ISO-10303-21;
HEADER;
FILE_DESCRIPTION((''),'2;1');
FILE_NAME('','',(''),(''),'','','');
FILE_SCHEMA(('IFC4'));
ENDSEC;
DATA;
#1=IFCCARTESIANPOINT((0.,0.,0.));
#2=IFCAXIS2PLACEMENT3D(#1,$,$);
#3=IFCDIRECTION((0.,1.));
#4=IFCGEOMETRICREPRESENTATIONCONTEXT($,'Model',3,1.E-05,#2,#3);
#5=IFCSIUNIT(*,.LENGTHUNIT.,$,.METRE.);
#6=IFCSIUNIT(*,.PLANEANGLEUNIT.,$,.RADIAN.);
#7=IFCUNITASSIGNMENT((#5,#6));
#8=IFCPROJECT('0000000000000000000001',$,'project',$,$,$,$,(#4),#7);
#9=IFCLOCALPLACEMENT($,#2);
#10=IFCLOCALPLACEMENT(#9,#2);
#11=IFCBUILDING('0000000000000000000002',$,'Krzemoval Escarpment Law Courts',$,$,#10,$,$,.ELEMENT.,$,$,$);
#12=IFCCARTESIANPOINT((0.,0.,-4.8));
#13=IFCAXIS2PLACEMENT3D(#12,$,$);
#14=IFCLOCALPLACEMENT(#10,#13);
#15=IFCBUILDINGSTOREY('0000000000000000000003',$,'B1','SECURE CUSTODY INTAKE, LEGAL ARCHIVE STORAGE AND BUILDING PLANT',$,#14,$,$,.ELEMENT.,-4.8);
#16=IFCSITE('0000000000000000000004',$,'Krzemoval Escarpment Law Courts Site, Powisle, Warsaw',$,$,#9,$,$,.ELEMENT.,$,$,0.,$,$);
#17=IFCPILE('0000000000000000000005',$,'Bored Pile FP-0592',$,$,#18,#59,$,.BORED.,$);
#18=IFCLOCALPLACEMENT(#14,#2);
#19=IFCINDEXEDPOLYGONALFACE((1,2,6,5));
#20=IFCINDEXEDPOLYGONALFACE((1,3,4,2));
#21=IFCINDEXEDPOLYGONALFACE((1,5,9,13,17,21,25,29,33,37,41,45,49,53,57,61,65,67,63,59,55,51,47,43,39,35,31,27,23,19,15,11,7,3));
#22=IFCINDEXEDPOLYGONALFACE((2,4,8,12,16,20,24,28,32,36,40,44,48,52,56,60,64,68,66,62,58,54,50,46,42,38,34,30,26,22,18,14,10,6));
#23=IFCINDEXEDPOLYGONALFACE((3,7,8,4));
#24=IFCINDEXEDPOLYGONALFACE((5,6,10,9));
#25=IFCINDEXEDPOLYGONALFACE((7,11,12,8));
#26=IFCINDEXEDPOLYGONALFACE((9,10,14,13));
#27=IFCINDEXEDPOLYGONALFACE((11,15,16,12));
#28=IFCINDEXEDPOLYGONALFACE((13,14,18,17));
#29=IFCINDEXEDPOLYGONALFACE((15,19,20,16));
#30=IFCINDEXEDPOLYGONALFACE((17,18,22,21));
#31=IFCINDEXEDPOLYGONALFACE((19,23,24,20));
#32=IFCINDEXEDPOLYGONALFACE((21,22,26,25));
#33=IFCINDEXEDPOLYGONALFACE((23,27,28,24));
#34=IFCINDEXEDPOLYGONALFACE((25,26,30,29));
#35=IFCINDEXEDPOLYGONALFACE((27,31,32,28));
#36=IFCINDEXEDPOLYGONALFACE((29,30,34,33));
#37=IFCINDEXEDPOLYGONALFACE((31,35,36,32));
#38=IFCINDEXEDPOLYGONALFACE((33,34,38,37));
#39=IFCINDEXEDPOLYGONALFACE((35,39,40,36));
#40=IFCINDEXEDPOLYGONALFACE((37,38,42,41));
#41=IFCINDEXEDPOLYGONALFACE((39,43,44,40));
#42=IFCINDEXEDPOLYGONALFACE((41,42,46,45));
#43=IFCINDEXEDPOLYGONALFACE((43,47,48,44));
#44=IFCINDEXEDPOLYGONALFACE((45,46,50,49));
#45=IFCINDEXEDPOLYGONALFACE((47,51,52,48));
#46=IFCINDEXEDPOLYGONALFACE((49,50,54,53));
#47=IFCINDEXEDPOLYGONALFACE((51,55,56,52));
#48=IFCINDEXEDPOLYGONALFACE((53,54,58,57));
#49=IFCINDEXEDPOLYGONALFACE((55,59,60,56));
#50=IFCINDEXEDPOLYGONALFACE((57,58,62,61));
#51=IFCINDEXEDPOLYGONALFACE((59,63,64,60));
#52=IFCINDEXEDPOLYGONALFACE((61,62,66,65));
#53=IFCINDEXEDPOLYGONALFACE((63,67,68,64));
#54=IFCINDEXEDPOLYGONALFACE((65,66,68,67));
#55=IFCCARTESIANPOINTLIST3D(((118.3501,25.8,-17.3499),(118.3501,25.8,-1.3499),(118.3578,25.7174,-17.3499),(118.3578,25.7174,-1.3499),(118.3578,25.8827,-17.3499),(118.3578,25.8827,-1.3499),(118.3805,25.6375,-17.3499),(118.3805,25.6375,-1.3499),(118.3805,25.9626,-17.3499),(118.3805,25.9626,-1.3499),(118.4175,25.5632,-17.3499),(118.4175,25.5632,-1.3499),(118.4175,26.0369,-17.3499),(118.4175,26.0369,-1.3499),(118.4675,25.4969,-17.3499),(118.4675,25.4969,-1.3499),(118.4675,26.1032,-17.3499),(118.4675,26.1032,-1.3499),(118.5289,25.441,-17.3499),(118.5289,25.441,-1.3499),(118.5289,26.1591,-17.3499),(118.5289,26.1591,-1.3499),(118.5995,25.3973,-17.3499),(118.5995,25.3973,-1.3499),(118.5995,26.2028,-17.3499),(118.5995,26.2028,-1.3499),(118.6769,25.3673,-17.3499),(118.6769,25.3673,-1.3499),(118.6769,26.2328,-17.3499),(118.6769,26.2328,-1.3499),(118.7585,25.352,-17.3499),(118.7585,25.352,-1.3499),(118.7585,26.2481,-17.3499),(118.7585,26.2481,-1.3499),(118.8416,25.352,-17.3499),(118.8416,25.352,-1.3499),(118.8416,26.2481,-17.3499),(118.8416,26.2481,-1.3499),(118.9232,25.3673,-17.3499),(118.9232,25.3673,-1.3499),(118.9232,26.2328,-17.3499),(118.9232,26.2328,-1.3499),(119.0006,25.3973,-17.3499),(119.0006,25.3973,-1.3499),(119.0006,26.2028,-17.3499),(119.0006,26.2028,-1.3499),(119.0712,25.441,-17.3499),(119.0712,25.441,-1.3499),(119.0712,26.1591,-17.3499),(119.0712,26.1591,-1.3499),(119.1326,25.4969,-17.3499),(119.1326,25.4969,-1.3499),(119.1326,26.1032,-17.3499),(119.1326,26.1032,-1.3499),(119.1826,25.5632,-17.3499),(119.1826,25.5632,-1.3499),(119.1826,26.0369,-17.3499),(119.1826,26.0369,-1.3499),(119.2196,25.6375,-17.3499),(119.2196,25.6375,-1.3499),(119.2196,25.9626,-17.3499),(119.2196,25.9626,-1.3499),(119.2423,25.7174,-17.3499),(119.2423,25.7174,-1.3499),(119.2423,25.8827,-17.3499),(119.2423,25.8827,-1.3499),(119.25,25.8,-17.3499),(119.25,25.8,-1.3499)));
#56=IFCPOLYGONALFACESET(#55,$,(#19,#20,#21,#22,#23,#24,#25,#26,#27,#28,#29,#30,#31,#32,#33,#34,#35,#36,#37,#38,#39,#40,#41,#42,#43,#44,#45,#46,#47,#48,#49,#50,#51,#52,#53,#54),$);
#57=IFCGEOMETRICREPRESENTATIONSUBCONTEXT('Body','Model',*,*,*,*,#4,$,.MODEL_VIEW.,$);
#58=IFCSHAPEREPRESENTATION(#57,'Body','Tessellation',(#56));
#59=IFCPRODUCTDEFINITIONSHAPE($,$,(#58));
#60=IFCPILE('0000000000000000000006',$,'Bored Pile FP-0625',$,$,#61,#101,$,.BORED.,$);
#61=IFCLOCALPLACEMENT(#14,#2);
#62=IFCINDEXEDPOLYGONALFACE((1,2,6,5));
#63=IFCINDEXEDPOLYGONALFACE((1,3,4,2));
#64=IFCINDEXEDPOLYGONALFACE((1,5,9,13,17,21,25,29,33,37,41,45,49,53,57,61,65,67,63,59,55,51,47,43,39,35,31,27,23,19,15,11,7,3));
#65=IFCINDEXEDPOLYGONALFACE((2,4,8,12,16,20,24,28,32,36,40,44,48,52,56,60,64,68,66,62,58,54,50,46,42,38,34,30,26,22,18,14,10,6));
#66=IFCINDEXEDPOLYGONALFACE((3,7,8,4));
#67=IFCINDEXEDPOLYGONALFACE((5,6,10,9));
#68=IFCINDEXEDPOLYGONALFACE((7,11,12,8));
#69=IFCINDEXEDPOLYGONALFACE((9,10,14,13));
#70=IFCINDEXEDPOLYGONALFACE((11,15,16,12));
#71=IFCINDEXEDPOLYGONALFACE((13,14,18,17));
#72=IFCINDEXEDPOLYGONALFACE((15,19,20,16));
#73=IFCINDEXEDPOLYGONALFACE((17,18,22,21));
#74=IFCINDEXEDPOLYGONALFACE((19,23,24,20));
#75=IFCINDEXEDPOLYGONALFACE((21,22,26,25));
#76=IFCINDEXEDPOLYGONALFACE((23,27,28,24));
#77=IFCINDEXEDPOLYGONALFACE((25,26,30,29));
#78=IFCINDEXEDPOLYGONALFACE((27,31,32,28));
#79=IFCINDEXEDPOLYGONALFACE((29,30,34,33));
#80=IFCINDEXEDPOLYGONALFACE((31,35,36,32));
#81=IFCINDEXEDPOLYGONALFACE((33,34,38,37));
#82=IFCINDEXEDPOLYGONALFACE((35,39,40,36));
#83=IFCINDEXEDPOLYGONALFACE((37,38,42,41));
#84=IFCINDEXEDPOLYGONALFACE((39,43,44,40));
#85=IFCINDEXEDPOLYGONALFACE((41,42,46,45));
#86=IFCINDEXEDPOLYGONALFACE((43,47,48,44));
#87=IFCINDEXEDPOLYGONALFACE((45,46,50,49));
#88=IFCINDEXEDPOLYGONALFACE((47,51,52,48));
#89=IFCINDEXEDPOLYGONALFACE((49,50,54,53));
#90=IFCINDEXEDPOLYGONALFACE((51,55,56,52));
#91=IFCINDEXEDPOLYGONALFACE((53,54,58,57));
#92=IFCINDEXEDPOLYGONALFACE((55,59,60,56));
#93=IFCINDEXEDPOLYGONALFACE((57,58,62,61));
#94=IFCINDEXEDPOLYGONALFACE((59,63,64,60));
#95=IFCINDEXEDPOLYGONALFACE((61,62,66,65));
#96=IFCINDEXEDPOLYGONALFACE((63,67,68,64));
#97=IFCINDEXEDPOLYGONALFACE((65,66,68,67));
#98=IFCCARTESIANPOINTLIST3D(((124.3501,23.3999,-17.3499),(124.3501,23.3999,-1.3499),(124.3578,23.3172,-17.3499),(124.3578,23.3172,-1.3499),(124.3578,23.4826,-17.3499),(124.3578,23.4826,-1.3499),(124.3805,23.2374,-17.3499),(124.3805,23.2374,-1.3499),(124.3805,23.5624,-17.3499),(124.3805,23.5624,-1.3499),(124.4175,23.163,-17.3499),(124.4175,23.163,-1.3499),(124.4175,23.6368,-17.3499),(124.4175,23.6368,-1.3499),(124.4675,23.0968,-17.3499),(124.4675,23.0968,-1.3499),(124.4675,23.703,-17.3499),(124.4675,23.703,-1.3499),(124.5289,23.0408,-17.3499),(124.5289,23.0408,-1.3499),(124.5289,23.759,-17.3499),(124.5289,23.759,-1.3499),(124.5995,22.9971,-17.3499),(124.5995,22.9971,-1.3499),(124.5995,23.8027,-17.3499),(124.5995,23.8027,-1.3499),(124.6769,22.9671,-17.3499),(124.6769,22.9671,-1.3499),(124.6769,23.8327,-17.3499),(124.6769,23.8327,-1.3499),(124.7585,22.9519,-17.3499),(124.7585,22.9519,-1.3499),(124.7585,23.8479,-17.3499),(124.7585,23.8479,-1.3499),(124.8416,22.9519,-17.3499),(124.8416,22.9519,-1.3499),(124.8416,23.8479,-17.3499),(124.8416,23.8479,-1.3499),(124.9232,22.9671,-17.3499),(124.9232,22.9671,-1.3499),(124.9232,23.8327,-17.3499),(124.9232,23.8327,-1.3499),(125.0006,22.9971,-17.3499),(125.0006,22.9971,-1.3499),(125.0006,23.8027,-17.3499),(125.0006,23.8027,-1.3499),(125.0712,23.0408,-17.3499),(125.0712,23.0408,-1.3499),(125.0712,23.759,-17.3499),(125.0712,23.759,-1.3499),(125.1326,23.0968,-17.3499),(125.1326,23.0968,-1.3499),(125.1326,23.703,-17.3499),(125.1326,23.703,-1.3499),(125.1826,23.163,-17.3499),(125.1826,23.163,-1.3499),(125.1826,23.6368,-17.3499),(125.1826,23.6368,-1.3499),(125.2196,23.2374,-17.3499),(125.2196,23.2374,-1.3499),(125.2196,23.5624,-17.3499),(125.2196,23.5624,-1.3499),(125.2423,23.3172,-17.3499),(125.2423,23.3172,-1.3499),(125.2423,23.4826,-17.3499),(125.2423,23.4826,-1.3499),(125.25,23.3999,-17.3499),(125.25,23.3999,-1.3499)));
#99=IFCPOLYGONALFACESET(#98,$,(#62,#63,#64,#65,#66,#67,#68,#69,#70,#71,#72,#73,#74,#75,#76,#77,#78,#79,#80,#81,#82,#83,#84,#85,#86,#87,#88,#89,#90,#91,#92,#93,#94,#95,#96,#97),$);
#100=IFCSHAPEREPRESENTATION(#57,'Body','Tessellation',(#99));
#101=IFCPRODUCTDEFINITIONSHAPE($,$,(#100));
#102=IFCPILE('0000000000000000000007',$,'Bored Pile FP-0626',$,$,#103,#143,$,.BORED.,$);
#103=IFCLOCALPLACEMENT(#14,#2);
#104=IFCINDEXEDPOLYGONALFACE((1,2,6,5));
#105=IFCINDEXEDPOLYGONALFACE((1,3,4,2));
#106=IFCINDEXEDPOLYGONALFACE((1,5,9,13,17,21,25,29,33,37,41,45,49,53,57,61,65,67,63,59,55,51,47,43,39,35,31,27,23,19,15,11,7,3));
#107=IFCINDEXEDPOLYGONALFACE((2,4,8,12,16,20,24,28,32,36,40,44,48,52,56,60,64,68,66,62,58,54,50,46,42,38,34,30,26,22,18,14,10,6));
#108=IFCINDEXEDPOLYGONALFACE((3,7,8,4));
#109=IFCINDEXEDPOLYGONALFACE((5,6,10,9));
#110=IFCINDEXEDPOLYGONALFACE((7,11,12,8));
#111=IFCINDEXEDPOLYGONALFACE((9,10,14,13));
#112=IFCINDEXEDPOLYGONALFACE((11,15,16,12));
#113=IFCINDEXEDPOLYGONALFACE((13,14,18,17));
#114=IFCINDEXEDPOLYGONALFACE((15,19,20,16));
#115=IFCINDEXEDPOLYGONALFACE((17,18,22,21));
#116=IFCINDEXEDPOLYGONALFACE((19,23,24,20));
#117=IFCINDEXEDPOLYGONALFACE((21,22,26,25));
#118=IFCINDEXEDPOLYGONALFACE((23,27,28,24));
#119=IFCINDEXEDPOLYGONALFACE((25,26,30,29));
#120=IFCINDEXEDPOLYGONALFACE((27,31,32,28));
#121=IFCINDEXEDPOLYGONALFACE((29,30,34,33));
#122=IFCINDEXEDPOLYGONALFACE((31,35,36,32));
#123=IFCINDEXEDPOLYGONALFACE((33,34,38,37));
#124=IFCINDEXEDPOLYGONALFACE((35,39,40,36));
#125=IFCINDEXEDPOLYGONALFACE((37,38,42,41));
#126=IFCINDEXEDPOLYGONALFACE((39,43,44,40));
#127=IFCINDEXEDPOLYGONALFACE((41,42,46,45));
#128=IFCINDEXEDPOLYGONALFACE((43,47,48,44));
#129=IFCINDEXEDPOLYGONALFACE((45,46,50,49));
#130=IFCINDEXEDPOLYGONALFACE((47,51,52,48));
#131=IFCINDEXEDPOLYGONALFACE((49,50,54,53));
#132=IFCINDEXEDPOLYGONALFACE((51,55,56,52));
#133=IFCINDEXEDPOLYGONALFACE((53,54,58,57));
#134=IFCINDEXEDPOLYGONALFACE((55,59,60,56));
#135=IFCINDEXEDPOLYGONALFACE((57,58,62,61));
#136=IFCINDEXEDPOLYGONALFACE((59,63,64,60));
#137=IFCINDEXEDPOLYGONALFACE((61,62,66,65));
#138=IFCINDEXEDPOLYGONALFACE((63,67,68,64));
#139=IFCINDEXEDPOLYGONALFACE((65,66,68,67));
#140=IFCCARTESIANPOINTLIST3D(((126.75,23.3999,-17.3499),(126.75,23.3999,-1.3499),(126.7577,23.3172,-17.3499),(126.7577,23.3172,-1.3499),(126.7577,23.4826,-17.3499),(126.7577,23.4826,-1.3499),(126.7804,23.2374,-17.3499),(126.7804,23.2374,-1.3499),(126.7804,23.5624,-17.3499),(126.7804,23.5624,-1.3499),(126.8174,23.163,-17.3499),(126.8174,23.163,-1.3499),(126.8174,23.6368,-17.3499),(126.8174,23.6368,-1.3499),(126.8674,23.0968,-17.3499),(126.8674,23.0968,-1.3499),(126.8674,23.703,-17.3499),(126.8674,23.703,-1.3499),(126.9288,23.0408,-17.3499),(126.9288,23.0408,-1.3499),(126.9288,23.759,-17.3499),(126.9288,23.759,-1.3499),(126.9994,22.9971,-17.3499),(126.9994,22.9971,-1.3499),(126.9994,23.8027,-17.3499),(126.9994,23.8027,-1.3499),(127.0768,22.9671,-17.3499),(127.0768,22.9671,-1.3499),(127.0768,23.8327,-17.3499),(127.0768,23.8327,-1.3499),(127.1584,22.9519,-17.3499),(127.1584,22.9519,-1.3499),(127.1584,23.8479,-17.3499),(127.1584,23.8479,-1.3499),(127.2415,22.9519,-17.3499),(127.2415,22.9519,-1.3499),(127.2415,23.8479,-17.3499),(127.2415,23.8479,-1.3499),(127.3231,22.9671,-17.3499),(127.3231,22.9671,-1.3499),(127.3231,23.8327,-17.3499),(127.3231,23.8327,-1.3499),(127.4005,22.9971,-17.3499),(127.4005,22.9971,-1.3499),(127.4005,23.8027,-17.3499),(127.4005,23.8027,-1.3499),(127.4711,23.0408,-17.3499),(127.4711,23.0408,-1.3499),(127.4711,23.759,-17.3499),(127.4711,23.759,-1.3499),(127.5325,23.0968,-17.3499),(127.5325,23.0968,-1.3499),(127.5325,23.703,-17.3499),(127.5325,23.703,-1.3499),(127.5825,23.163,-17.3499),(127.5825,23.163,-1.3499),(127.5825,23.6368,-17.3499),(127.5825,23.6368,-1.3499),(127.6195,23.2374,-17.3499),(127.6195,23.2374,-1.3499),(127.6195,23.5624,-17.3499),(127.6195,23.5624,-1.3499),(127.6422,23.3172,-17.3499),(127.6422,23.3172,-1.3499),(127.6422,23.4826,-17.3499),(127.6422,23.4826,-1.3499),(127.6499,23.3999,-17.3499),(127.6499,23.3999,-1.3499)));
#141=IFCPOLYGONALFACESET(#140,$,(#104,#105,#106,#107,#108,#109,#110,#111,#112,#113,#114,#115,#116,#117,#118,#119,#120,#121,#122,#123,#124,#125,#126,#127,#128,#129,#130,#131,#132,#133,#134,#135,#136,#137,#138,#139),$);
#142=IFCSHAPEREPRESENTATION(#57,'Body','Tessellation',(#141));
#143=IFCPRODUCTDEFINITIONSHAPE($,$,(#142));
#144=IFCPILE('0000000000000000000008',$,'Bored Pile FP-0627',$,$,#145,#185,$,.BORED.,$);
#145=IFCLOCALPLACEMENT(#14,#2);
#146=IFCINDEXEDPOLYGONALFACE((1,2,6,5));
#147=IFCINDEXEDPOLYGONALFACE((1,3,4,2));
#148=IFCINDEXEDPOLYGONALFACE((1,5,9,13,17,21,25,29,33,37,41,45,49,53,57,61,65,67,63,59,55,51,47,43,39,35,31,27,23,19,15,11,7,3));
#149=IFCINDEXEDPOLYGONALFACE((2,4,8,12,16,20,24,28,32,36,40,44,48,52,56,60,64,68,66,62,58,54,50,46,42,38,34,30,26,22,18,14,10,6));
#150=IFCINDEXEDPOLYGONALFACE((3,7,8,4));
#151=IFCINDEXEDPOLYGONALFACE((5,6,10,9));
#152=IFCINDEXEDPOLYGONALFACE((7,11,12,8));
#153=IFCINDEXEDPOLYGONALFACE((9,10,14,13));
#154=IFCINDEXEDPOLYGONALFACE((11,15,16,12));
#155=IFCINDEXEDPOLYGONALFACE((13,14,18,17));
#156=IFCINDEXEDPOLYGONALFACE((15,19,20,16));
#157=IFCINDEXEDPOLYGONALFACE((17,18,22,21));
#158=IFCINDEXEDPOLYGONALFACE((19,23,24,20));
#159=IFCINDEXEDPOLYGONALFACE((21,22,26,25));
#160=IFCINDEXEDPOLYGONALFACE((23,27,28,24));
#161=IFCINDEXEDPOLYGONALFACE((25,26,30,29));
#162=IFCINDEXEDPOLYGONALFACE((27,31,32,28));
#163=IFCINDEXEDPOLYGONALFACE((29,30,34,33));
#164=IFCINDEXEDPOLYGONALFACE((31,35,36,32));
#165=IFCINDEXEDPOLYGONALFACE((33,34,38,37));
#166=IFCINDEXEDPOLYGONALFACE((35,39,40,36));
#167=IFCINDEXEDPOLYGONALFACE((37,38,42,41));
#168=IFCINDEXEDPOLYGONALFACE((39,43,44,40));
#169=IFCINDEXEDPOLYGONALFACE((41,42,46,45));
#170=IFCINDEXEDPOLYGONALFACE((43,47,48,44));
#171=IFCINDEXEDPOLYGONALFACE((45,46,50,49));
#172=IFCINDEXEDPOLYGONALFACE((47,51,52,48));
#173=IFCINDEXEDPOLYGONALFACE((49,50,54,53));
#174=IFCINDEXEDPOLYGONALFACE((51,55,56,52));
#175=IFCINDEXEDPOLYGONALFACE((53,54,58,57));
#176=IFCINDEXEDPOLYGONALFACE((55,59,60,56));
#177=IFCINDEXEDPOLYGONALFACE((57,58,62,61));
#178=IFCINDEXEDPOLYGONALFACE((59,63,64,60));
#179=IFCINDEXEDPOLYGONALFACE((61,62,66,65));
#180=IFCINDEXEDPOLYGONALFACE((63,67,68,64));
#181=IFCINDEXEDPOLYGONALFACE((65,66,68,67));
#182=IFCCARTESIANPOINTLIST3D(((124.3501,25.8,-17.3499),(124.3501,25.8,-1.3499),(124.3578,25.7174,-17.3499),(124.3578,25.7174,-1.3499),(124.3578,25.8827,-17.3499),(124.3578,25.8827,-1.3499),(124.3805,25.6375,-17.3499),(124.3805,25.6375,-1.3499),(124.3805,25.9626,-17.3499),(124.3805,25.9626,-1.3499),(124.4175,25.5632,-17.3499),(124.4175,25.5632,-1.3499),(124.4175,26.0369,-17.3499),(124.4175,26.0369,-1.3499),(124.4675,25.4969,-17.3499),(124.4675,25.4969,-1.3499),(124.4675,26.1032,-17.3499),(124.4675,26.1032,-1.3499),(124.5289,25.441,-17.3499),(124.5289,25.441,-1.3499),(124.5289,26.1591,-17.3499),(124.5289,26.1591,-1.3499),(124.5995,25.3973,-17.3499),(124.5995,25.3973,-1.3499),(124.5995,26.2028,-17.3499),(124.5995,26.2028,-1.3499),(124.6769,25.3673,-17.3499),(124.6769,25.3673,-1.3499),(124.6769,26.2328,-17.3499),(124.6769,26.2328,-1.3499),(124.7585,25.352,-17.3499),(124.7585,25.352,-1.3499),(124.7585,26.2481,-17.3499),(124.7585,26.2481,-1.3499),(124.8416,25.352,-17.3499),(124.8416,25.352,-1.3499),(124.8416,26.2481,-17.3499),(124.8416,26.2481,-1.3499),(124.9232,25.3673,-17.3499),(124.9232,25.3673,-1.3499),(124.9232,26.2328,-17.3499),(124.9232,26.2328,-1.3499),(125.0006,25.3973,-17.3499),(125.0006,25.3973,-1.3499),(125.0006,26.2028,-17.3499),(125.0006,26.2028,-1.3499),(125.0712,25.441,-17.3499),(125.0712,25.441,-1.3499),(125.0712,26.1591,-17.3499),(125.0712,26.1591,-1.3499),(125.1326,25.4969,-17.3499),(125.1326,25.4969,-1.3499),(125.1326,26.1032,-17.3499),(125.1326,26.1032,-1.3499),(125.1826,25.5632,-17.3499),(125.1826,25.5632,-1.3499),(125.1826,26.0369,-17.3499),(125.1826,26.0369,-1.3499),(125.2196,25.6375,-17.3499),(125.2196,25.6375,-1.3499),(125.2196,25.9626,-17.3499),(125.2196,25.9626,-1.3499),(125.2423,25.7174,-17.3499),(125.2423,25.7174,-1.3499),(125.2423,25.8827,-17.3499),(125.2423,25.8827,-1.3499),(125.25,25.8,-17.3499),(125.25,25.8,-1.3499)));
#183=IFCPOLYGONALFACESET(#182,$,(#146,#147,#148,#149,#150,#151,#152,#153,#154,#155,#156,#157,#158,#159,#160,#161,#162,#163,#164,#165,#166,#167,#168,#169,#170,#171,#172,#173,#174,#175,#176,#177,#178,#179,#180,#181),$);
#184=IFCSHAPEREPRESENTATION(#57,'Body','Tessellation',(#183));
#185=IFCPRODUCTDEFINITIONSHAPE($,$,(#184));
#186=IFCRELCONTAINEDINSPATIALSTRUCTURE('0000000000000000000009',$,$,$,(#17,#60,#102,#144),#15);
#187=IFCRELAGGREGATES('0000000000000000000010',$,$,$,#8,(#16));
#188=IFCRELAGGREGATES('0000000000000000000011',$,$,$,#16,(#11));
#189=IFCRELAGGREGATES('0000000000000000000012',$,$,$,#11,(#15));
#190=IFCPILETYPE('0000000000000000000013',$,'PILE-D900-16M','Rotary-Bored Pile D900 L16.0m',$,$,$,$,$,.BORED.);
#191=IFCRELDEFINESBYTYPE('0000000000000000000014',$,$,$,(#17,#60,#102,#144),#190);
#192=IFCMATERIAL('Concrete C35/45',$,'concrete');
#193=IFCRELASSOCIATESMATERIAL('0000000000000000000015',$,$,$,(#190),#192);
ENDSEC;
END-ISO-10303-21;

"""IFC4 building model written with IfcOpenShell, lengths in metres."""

from ifc_helpers import new_model, si_unit, direction, frame, origin, origin_2d, place, context, subcontext, project, spatial, circle, extrude, material, material_profile, profile_set, type_object, element, save


model = new_model("IFC4")

# Units and contexts
model_context = context("Model", 3, precision=1e-05, world=origin(), true_north=direction((0.0, 1.0)))
body_context = subcontext(model_context, "Body", "Model", "MODEL_VIEW")
ifc_project = project(units=[si_unit("LENGTHUNIT", "METRE"), si_unit("PLANEANGLEUNIT", "RADIAN")], contexts=[model_context])

# Site, building, storey
site_placement = place(None, origin())
site = spatial("IfcSite", under=ifc_project, at=site_placement, Name="Krzemoval Escarpment Law Courts Site, Powisle, Warsaw", CompositionType="ELEMENT", RefElevation=0.0)
building_placement = place(site_placement, origin())
building = spatial("IfcBuilding", under=site, at=building_placement, Name="Krzemoval Escarpment Law Courts", CompositionType="ELEMENT")
storey_placement = place(building_placement, frame((0.0, 0.0, -4.8)))
storey = spatial("IfcBuildingStorey", under=building, at=storey_placement, Name="B1", Description="SECURE CUSTODY INTAKE, LEGAL ARCHIVE STORAGE AND BUILDING PLANT", CompositionType="ELEMENT", Elevation=-4.8)

# Piles
ifc_material_1 = material(Name="Concrete C35/45", Category="concrete")
ifc_material_profile_1 = material_profile(ifc_material_1, circle(Radius=0.45, at=origin_2d()), Name="PILE D900")
ifc_profile_set_1 = profile_set([ifc_material_profile_1], Name="Concrete C35/45")
pile_type = type_object("IfcPileType", Name="PILE-D900-16M", Description="Rotary-Bored Pile D900 L16.0m", PredefinedType="BORED", material=ifc_profile_set_1)
for number, where, z_axis, x_axis, name in (
    (1, (118.8, 25.8, -1.3499), (0.0, 0.0, -1.0), (1.0, 0.0, 0.0), "Bored Pile FP-0592"),
    (2, (124.8, 23.3999, -1.3499), (0.0, 0.0, -1.0), (1.0, 0.0, 0.0), "Bored Pile FP-0625"),
    (3, (127.2, 23.3999, -1.3499), (0.0, 0.0, -1.0), (1.0, 0.0, 0.0), "Bored Pile FP-0626"),
    (4, (124.8, 25.8, -1.3499), (0.0, 0.0, -1.0), (1.0, 0.0, 0.0), "Bored Pile FP-0627"),
):
    element("IfcPile", number, at=place(storey_placement, frame(where, z_axis=z_axis, x_axis=x_axis)), inside=storey, type_object=pile_type, Name=name, PredefinedType="BORED", context=body_context, shape_type="SweptSolid", body=[
        extrude(circle(Radius=0.45, at=origin_2d()), origin(), (0.0, 0.0, 1.0), 16.0),
    ])

save(model, "model.ifc")
